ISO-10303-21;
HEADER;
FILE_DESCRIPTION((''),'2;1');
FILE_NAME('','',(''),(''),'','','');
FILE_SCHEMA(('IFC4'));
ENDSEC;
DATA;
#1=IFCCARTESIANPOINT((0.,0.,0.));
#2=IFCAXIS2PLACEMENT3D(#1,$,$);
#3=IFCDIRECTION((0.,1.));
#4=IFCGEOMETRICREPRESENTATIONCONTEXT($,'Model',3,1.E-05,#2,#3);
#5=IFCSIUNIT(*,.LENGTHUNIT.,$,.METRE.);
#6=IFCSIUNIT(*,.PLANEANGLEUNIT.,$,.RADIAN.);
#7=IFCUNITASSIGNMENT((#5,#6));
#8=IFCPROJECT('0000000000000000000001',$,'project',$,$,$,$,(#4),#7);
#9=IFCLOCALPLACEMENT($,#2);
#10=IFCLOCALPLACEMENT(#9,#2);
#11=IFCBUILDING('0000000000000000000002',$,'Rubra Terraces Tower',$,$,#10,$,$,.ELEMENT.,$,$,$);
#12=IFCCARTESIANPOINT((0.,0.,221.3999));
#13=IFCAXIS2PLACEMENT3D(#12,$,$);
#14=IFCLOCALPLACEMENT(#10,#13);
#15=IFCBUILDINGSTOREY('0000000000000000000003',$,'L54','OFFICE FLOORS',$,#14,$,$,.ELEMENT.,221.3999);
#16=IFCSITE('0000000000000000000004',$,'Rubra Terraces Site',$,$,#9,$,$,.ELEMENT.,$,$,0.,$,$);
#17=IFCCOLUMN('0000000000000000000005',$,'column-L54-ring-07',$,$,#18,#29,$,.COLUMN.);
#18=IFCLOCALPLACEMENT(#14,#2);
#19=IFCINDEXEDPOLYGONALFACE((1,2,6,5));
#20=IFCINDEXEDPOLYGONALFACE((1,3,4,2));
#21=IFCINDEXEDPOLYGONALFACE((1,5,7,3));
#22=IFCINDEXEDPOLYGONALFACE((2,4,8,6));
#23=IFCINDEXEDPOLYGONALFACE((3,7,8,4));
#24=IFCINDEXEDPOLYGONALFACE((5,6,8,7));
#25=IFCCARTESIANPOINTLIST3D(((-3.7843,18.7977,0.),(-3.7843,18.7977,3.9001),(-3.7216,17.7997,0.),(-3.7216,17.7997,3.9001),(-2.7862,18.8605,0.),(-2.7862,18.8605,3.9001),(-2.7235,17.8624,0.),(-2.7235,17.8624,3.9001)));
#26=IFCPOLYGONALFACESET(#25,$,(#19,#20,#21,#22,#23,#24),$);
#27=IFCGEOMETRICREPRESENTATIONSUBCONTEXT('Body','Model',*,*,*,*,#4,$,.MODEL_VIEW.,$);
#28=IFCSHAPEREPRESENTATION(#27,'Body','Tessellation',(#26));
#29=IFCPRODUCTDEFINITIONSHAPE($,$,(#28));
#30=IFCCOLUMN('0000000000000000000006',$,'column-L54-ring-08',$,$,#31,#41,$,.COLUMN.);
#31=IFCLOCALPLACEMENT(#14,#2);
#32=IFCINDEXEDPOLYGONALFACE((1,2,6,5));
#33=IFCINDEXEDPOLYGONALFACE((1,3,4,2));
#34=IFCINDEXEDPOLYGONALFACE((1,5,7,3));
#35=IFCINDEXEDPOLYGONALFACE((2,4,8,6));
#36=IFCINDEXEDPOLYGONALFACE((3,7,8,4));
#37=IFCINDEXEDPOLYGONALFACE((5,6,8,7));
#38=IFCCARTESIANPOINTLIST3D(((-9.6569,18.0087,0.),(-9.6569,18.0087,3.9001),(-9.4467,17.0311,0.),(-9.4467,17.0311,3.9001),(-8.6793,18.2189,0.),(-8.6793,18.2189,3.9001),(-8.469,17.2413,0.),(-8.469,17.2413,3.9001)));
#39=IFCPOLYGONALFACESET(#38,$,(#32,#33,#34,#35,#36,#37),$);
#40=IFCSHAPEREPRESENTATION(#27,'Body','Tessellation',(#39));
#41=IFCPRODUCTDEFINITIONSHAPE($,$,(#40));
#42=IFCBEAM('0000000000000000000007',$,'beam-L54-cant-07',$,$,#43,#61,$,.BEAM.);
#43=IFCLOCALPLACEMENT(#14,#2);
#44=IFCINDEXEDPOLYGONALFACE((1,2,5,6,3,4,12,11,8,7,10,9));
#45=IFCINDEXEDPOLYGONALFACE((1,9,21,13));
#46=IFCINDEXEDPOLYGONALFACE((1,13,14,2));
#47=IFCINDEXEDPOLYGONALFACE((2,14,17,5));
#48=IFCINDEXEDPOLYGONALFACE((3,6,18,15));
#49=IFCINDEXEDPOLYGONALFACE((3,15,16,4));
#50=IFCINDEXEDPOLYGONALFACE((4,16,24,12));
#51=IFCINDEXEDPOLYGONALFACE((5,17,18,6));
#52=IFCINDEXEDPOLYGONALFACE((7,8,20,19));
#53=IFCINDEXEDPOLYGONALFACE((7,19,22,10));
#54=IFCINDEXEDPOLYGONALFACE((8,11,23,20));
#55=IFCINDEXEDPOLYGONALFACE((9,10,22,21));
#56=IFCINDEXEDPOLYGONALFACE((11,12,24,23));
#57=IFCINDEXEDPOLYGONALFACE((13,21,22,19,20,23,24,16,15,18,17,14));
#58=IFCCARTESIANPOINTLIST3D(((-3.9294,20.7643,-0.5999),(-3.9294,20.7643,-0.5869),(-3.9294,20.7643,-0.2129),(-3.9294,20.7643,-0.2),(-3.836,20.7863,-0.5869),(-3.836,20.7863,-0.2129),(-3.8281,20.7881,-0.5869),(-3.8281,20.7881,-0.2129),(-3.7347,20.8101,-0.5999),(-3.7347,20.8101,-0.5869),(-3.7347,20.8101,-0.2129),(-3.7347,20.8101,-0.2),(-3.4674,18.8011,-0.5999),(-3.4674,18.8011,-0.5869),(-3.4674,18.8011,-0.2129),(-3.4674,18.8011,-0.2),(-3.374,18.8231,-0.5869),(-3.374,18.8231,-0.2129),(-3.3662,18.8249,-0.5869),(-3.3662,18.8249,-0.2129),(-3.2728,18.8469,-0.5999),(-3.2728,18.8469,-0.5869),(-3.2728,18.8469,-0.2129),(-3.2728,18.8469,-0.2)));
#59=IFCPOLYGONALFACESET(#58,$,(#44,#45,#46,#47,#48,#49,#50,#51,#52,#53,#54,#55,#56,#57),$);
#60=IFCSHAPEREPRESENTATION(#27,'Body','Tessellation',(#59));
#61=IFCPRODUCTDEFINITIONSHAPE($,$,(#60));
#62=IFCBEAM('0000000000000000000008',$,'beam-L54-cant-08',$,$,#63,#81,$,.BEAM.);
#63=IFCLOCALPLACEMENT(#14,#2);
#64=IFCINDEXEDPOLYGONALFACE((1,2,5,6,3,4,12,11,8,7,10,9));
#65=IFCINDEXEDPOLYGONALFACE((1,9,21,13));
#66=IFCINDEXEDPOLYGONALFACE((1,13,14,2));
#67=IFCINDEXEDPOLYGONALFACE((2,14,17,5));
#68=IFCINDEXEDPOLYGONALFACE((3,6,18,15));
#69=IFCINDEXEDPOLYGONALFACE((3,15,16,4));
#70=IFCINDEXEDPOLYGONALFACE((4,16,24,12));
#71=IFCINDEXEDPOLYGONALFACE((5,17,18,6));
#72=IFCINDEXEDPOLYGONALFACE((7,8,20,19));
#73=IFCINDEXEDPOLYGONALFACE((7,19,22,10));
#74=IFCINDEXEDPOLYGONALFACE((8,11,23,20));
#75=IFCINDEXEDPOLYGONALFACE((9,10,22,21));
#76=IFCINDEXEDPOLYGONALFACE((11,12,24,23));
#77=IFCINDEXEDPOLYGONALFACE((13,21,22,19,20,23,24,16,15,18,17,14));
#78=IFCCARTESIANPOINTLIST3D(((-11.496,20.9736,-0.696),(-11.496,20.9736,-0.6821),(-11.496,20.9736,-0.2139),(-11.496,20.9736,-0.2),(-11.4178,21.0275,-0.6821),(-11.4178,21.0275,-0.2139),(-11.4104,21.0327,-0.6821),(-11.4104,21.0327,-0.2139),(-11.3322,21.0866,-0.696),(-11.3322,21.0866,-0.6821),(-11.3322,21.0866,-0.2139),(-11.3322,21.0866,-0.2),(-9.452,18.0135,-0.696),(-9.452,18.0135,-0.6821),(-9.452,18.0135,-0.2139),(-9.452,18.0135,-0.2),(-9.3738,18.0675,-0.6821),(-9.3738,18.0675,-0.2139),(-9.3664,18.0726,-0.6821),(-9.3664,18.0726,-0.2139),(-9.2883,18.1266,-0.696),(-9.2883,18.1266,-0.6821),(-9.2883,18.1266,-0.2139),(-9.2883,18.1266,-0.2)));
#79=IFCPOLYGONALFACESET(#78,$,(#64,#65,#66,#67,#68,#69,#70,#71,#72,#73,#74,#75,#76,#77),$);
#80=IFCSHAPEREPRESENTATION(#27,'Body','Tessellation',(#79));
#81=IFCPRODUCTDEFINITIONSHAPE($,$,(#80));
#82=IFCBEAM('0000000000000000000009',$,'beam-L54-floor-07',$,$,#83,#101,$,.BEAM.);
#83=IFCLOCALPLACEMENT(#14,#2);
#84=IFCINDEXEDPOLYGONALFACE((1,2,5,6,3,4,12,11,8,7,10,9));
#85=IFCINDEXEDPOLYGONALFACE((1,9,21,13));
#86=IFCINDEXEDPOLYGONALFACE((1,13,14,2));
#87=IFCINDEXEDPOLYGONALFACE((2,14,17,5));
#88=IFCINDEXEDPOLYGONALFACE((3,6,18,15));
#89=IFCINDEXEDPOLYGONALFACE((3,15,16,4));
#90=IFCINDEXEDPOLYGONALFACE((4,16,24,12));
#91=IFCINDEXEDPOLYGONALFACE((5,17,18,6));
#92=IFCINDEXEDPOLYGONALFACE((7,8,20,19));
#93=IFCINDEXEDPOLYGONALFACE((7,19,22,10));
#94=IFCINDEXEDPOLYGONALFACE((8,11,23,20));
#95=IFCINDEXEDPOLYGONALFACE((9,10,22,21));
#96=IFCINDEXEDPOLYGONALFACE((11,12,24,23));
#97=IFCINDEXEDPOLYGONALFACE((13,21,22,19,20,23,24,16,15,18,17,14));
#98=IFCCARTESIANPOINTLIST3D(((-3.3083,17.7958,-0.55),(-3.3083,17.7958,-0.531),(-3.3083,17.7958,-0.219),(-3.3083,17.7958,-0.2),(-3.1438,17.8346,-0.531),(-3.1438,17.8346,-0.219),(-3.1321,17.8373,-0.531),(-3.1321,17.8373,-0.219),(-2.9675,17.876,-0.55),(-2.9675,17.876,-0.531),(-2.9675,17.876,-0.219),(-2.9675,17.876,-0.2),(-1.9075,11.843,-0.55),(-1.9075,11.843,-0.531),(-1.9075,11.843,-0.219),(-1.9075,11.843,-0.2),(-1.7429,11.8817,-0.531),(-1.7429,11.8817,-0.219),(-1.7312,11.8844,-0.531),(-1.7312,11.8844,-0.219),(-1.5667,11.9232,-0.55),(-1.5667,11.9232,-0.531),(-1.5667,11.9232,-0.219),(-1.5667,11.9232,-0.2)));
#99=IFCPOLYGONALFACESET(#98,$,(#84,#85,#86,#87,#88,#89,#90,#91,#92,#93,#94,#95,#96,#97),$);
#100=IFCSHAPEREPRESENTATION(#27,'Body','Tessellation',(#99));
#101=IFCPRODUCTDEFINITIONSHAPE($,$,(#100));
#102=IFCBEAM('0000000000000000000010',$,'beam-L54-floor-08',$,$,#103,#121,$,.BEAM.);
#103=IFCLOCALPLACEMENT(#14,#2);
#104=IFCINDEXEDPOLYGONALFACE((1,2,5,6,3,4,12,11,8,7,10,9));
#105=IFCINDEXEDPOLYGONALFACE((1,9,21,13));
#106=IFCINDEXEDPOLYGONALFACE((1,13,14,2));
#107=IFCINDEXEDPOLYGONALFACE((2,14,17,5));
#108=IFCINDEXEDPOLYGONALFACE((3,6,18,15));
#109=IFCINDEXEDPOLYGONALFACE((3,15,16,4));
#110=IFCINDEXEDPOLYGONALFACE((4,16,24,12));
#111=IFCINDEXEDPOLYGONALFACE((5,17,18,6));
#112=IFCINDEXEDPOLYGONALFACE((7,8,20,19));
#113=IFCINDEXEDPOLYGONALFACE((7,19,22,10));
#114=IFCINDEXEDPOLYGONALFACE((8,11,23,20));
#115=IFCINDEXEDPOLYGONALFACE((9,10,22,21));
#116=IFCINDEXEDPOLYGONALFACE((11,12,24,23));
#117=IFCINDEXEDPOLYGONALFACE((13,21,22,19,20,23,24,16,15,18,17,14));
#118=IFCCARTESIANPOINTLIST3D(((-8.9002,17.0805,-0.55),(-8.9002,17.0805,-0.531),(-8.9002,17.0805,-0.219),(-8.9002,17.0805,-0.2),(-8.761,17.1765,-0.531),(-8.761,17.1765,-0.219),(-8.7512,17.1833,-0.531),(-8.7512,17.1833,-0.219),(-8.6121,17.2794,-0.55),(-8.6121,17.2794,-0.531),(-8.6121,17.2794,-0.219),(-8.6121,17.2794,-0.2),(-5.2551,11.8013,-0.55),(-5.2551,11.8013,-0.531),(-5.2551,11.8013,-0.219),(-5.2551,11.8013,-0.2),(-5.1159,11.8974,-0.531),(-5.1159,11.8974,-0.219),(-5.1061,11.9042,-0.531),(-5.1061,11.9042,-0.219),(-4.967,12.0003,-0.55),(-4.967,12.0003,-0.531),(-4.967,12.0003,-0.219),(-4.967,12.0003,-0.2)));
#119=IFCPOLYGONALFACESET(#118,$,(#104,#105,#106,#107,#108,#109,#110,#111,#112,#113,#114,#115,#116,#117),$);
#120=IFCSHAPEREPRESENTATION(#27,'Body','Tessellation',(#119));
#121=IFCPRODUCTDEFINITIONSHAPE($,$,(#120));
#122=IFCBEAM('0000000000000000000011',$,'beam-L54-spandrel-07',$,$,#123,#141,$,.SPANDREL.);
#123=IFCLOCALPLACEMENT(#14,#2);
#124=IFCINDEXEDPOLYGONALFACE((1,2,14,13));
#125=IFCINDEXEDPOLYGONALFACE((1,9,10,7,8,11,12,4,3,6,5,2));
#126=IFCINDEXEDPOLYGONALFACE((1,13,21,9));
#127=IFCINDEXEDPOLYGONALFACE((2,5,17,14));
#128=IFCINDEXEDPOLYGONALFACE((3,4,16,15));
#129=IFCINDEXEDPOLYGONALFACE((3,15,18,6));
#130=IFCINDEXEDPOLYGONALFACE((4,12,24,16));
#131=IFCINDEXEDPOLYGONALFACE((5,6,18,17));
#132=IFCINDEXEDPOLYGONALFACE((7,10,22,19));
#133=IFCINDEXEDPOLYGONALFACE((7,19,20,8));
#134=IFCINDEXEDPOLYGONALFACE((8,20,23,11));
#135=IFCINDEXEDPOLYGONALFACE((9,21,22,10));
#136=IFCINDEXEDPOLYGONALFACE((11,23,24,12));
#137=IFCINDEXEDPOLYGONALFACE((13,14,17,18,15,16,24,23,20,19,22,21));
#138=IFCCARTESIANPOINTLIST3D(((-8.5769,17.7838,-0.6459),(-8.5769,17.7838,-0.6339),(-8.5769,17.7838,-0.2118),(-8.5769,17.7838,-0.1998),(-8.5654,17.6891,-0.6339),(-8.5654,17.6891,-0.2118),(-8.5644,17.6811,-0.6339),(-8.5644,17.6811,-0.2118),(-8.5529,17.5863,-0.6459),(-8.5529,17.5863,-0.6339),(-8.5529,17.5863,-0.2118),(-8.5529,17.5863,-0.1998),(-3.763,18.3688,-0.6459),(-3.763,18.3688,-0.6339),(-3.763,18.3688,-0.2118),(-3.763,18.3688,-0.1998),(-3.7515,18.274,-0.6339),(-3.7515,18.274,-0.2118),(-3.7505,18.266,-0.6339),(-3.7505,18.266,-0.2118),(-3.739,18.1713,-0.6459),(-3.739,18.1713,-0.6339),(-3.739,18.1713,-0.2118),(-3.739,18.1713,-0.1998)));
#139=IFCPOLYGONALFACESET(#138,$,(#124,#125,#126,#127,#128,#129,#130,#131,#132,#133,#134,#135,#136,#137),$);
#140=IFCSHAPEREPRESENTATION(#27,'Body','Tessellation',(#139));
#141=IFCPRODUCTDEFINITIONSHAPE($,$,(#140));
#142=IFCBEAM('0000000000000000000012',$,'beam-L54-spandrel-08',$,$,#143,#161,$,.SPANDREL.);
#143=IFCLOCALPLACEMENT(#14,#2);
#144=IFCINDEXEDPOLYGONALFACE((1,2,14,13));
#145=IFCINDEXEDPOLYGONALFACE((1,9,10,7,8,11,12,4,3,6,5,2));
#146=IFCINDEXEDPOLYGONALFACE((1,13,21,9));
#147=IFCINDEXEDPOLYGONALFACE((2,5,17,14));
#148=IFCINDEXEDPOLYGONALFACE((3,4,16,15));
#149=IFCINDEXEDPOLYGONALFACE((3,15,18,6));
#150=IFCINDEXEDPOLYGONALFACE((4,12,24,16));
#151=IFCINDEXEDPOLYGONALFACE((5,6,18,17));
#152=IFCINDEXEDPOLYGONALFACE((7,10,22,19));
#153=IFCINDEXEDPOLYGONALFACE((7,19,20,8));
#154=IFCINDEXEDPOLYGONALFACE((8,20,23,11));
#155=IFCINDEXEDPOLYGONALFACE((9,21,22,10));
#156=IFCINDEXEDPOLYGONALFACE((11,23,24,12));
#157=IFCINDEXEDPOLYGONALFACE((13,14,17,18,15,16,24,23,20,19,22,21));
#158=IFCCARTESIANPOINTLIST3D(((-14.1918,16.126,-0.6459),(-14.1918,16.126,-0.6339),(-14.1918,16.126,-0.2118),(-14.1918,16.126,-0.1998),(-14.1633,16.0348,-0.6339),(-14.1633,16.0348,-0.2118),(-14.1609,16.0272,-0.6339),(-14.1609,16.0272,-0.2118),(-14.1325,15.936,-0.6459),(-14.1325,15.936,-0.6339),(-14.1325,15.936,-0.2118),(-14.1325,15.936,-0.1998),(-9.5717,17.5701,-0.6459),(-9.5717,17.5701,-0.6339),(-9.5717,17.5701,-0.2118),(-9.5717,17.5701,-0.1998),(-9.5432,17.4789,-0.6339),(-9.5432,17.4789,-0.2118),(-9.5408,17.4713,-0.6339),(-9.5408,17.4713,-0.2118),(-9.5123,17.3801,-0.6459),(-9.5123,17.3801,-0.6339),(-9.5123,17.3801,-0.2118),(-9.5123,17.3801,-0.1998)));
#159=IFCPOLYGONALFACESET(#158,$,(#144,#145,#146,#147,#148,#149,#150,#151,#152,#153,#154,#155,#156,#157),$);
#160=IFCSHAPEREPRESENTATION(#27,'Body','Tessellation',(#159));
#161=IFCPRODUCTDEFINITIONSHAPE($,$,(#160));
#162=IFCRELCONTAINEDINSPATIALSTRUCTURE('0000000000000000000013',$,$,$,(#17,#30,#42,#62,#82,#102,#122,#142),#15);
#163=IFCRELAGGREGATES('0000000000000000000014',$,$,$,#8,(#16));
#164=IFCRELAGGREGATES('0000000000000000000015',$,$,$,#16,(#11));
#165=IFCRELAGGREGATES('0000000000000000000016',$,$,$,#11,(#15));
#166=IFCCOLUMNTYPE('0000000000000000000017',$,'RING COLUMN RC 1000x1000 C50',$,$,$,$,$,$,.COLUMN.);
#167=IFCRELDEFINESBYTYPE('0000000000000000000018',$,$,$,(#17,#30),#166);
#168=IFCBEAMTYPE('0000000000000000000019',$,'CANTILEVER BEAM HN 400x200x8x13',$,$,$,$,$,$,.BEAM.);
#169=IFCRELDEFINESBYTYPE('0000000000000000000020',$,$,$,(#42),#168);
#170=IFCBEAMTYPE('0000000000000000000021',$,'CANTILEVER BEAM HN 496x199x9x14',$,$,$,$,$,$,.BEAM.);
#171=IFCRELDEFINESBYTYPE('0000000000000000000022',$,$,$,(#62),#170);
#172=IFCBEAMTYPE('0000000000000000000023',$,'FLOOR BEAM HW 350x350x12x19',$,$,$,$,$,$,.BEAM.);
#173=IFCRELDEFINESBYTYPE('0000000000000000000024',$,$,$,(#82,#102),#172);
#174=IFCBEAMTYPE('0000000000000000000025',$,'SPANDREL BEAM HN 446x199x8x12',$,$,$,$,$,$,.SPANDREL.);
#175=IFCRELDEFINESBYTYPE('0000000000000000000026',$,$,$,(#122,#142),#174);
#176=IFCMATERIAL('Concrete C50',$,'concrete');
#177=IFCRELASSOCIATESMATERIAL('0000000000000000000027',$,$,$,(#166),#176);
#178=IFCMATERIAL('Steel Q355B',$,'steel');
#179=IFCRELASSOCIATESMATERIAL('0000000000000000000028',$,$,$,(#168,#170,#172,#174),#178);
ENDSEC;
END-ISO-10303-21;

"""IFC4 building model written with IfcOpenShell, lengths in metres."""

from ifc_helpers import new_model, si_unit, direction, frame, origin, origin_2d, place, context, subcontext, project, spatial, rectangle, i_section, extrude, material, material_profile, profile_set, type_object, element, save


model = new_model("IFC4")

# Units and contexts
model_context = context("Model", 3, precision=1e-05, world=origin(), true_north=direction((0.0, 1.0)))
body_context = subcontext(model_context, "Body", "Model", "MODEL_VIEW")
ifc_project = project(units=[si_unit("LENGTHUNIT", "METRE"), si_unit("PLANEANGLEUNIT", "RADIAN")], contexts=[model_context])

# Site, building, storey
site_placement = place(None, origin())
site = spatial("IfcSite", under=ifc_project, at=site_placement, Name="Rubra Terraces Site", CompositionType="ELEMENT", RefElevation=0.0)
building_placement = place(site_placement, origin())
building = spatial("IfcBuilding", under=site, at=building_placement, Name="Rubra Terraces Tower", CompositionType="ELEMENT")
storey_placement = place(building_placement, frame((0.0, 0.0, 221.3999)))
storey = spatial("IfcBuildingStorey", under=building, at=storey_placement, Name="L54", Description="OFFICE FLOORS", CompositionType="ELEMENT", Elevation=221.3999)

# Columns
ifc_material_1 = material(Name="Concrete C50", Category="concrete")
ifc_material_profile_1 = material_profile(ifc_material_1, rectangle(XDim=1.0, YDim=1.0, at=origin_2d()), Name="RC 1000x1000")
ifc_profile_set_1 = profile_set([ifc_material_profile_1], Name="Concrete C50")
column_type = type_object("IfcColumnType", Name="RING COLUMN RC 1000x1000 C50", PredefinedType="COLUMN", material=ifc_profile_set_1)
for number, where, z_axis, x_axis, name in (
    (1, (-3.2539, 18.3301, 0.0), (0.0, 0.0, 1.0), (-0.998032, -0.062714, 0.0), "column-L54-ring-07"),
    (2, (-9.063, 17.625, 0.0), (0.0, 0.0, 1.0), (-0.977653, -0.210227, 0.0), "column-L54-ring-08"),
):
    element("IfcColumn", number, at=place(storey_placement, frame(where, z_axis=z_axis, x_axis=x_axis)), inside=storey, type_object=column_type, Name=name, PredefinedType="COLUMN", context=body_context, shape_type="SweptSolid", body=[
        extrude(rectangle(XDim=1.0, YDim=1.0, at=origin_2d()), origin(), (0.0, 0.0, 1.0), 3.9001),
    ])

# Beams
ifc_material_2 = material(Name="Steel Q355B", Category="steel")
ifc_material_profile_2 = material_profile(ifc_material_2, i_section(OverallWidth=0.2, OverallDepth=0.3999, WebThickness=0.0081, FlangeThickness=0.0129, at=origin_2d()), Name="HN 400x200x8x13")
ifc_profile_set_2 = profile_set([ifc_material_profile_2], Name="Steel Q355B")
beam_type_1 = type_object("IfcBeamType", Name="CANTILEVER BEAM HN 400x200x8x13", PredefinedType="BEAM", material=ifc_profile_set_2)
beam_1_placement = place(storey_placement, frame((-3.3701, 18.824, -0.3999), z_axis=(-0.229039, 0.973417, 0.0), x_axis=(-0.973417, -0.229039, 0.0)))
element("IfcBeam", 3, at=beam_1_placement, inside=storey, type_object=beam_type_1, Name="beam-L54-cant-07", PredefinedType="BEAM", context=body_context, shape_type="SweptSolid", body=[
    extrude(i_section(OverallWidth=0.2, OverallDepth=0.3999, WebThickness=0.0081, FlangeThickness=0.0129, at=origin_2d()), origin(), (0.0, 0.0, 1.0), 2.0168),
])
ifc_material_profile_3 = material_profile(ifc_material_2, i_section(OverallWidth=0.199, OverallDepth=0.4961, WebThickness=0.009, FlangeThickness=0.0139, at=origin_2d()), Name="HN 496x199x9x14")
ifc_profile_set_3 = profile_set([ifc_material_profile_3], Name="Steel Q355B")
beam_type_2 = type_object("IfcBeamType", Name="CANTILEVER BEAM HN 496x199x9x14", PredefinedType="BEAM", material=ifc_profile_set_3)
beam_2_placement = place(storey_placement, frame((-9.3701, 18.0701, -0.448), z_axis=(-0.568221, 0.822876, 0.0), x_axis=(-0.822876, -0.568221, 0.0)))
element("IfcBeam", 4, at=beam_2_placement, inside=storey, type_object=beam_type_2, Name="beam-L54-cant-08", PredefinedType="BEAM", context=body_context, shape_type="SweptSolid", body=[
    extrude(i_section(OverallWidth=0.199, OverallDepth=0.4961, WebThickness=0.009, FlangeThickness=0.0139, at=origin_2d()), origin(), (0.0, 0.0, 1.0), 3.5972),
])
ifc_material_profile_4 = material_profile(ifc_material_2, i_section(OverallWidth=0.3501, OverallDepth=0.3501, WebThickness=0.012, FlangeThickness=0.019, at=origin_2d()), Name="HW 350x350x12x19")
ifc_profile_set_4 = profile_set([ifc_material_profile_4], Name="Steel Q355B")
beam_type_3 = type_object("IfcBeamType", Name="FLOOR BEAM HW 350x350x12x19", PredefinedType="BEAM", material=ifc_profile_set_4)
beam_3_placement = place(storey_placement, frame((-3.1379, 17.8359, -0.375), z_axis=(0.22907, -0.97341, 0.0), x_axis=(0.97341, 0.22907, 0.0)))
element("IfcBeam", 5, at=beam_3_placement, inside=storey, type_object=beam_type_3, Name="beam-L54-floor-07", PredefinedType="BEAM", context=body_context, shape_type="SweptSolid", body=[
    extrude(i_section(OverallWidth=0.3501, OverallDepth=0.3501, WebThickness=0.012, FlangeThickness=0.019, at=origin_2d()), origin(), (0.0, 0.0, 1.0), 6.1155),
])
beam_4_placement = place(storey_placement, frame((-8.7561, 17.1799, -0.375), z_axis=(0.568186, -0.8229, 0.0), x_axis=(0.8229, 0.568186, 0.0)))
element("IfcBeam", 6, at=beam_4_placement, inside=storey, type_object=beam_type_3, Name="beam-L54-floor-08", PredefinedType="BEAM", context=body_context, shape_type="SweptSolid", body=[
    extrude(i_section(OverallWidth=0.3501, OverallDepth=0.3501, WebThickness=0.012, FlangeThickness=0.019, at=origin_2d()), origin(), (0.0, 0.0, 1.0), 6.4153),
])
ifc_material_profile_5 = material_profile(ifc_material_2, i_section(OverallWidth=0.199, OverallDepth=0.446, WebThickness=0.0081, FlangeThickness=0.012, at=origin_2d()), Name="HN 446x199x8x12")
ifc_profile_set_5 = profile_set([ifc_material_profile_5], Name="Steel Q355B")
beam_type_4 = type_object("IfcBeamType", Name="SPANDREL BEAM HN 446x199x8x12", PredefinedType="SPANDREL", material=ifc_profile_set_5)
beam_5_placement = place(storey_placement, frame((-3.751, 18.27, -0.4229), z_axis=(-0.992698, -0.120626, 0.0), x_axis=(0.120626, -0.992698, 0.0)))
element("IfcBeam", 7, at=beam_5_placement, inside=storey, type_object=beam_type_4, Name="beam-L54-spandrel-07", PredefinedType="SPANDREL", context=body_context, shape_type="SweptSolid", body=[
    extrude(i_section(OverallWidth=0.199, OverallDepth=0.446, WebThickness=0.0081, FlangeThickness=0.012, at=origin_2d()), origin(), (0.0, 0.0, 1.0), 4.8494),
])
beam_6_placement = place(storey_placement, frame((-9.542, 17.4751, -0.4229), z_axis=(-0.954462, -0.298332, 0.0), x_axis=(0.298332, -0.954462, 0.0)))
element("IfcBeam", 8, at=beam_6_placement, inside=storey, type_object=beam_type_4, Name="beam-L54-spandrel-08", PredefinedType="SPANDREL", context=body_context, shape_type="SweptSolid", body=[
    extrude(i_section(OverallWidth=0.199, OverallDepth=0.446, WebThickness=0.0081, FlangeThickness=0.012, at=origin_2d()), origin(), (0.0, 0.0, 1.0), 4.8406),
])

save(model, "model.ifc")
